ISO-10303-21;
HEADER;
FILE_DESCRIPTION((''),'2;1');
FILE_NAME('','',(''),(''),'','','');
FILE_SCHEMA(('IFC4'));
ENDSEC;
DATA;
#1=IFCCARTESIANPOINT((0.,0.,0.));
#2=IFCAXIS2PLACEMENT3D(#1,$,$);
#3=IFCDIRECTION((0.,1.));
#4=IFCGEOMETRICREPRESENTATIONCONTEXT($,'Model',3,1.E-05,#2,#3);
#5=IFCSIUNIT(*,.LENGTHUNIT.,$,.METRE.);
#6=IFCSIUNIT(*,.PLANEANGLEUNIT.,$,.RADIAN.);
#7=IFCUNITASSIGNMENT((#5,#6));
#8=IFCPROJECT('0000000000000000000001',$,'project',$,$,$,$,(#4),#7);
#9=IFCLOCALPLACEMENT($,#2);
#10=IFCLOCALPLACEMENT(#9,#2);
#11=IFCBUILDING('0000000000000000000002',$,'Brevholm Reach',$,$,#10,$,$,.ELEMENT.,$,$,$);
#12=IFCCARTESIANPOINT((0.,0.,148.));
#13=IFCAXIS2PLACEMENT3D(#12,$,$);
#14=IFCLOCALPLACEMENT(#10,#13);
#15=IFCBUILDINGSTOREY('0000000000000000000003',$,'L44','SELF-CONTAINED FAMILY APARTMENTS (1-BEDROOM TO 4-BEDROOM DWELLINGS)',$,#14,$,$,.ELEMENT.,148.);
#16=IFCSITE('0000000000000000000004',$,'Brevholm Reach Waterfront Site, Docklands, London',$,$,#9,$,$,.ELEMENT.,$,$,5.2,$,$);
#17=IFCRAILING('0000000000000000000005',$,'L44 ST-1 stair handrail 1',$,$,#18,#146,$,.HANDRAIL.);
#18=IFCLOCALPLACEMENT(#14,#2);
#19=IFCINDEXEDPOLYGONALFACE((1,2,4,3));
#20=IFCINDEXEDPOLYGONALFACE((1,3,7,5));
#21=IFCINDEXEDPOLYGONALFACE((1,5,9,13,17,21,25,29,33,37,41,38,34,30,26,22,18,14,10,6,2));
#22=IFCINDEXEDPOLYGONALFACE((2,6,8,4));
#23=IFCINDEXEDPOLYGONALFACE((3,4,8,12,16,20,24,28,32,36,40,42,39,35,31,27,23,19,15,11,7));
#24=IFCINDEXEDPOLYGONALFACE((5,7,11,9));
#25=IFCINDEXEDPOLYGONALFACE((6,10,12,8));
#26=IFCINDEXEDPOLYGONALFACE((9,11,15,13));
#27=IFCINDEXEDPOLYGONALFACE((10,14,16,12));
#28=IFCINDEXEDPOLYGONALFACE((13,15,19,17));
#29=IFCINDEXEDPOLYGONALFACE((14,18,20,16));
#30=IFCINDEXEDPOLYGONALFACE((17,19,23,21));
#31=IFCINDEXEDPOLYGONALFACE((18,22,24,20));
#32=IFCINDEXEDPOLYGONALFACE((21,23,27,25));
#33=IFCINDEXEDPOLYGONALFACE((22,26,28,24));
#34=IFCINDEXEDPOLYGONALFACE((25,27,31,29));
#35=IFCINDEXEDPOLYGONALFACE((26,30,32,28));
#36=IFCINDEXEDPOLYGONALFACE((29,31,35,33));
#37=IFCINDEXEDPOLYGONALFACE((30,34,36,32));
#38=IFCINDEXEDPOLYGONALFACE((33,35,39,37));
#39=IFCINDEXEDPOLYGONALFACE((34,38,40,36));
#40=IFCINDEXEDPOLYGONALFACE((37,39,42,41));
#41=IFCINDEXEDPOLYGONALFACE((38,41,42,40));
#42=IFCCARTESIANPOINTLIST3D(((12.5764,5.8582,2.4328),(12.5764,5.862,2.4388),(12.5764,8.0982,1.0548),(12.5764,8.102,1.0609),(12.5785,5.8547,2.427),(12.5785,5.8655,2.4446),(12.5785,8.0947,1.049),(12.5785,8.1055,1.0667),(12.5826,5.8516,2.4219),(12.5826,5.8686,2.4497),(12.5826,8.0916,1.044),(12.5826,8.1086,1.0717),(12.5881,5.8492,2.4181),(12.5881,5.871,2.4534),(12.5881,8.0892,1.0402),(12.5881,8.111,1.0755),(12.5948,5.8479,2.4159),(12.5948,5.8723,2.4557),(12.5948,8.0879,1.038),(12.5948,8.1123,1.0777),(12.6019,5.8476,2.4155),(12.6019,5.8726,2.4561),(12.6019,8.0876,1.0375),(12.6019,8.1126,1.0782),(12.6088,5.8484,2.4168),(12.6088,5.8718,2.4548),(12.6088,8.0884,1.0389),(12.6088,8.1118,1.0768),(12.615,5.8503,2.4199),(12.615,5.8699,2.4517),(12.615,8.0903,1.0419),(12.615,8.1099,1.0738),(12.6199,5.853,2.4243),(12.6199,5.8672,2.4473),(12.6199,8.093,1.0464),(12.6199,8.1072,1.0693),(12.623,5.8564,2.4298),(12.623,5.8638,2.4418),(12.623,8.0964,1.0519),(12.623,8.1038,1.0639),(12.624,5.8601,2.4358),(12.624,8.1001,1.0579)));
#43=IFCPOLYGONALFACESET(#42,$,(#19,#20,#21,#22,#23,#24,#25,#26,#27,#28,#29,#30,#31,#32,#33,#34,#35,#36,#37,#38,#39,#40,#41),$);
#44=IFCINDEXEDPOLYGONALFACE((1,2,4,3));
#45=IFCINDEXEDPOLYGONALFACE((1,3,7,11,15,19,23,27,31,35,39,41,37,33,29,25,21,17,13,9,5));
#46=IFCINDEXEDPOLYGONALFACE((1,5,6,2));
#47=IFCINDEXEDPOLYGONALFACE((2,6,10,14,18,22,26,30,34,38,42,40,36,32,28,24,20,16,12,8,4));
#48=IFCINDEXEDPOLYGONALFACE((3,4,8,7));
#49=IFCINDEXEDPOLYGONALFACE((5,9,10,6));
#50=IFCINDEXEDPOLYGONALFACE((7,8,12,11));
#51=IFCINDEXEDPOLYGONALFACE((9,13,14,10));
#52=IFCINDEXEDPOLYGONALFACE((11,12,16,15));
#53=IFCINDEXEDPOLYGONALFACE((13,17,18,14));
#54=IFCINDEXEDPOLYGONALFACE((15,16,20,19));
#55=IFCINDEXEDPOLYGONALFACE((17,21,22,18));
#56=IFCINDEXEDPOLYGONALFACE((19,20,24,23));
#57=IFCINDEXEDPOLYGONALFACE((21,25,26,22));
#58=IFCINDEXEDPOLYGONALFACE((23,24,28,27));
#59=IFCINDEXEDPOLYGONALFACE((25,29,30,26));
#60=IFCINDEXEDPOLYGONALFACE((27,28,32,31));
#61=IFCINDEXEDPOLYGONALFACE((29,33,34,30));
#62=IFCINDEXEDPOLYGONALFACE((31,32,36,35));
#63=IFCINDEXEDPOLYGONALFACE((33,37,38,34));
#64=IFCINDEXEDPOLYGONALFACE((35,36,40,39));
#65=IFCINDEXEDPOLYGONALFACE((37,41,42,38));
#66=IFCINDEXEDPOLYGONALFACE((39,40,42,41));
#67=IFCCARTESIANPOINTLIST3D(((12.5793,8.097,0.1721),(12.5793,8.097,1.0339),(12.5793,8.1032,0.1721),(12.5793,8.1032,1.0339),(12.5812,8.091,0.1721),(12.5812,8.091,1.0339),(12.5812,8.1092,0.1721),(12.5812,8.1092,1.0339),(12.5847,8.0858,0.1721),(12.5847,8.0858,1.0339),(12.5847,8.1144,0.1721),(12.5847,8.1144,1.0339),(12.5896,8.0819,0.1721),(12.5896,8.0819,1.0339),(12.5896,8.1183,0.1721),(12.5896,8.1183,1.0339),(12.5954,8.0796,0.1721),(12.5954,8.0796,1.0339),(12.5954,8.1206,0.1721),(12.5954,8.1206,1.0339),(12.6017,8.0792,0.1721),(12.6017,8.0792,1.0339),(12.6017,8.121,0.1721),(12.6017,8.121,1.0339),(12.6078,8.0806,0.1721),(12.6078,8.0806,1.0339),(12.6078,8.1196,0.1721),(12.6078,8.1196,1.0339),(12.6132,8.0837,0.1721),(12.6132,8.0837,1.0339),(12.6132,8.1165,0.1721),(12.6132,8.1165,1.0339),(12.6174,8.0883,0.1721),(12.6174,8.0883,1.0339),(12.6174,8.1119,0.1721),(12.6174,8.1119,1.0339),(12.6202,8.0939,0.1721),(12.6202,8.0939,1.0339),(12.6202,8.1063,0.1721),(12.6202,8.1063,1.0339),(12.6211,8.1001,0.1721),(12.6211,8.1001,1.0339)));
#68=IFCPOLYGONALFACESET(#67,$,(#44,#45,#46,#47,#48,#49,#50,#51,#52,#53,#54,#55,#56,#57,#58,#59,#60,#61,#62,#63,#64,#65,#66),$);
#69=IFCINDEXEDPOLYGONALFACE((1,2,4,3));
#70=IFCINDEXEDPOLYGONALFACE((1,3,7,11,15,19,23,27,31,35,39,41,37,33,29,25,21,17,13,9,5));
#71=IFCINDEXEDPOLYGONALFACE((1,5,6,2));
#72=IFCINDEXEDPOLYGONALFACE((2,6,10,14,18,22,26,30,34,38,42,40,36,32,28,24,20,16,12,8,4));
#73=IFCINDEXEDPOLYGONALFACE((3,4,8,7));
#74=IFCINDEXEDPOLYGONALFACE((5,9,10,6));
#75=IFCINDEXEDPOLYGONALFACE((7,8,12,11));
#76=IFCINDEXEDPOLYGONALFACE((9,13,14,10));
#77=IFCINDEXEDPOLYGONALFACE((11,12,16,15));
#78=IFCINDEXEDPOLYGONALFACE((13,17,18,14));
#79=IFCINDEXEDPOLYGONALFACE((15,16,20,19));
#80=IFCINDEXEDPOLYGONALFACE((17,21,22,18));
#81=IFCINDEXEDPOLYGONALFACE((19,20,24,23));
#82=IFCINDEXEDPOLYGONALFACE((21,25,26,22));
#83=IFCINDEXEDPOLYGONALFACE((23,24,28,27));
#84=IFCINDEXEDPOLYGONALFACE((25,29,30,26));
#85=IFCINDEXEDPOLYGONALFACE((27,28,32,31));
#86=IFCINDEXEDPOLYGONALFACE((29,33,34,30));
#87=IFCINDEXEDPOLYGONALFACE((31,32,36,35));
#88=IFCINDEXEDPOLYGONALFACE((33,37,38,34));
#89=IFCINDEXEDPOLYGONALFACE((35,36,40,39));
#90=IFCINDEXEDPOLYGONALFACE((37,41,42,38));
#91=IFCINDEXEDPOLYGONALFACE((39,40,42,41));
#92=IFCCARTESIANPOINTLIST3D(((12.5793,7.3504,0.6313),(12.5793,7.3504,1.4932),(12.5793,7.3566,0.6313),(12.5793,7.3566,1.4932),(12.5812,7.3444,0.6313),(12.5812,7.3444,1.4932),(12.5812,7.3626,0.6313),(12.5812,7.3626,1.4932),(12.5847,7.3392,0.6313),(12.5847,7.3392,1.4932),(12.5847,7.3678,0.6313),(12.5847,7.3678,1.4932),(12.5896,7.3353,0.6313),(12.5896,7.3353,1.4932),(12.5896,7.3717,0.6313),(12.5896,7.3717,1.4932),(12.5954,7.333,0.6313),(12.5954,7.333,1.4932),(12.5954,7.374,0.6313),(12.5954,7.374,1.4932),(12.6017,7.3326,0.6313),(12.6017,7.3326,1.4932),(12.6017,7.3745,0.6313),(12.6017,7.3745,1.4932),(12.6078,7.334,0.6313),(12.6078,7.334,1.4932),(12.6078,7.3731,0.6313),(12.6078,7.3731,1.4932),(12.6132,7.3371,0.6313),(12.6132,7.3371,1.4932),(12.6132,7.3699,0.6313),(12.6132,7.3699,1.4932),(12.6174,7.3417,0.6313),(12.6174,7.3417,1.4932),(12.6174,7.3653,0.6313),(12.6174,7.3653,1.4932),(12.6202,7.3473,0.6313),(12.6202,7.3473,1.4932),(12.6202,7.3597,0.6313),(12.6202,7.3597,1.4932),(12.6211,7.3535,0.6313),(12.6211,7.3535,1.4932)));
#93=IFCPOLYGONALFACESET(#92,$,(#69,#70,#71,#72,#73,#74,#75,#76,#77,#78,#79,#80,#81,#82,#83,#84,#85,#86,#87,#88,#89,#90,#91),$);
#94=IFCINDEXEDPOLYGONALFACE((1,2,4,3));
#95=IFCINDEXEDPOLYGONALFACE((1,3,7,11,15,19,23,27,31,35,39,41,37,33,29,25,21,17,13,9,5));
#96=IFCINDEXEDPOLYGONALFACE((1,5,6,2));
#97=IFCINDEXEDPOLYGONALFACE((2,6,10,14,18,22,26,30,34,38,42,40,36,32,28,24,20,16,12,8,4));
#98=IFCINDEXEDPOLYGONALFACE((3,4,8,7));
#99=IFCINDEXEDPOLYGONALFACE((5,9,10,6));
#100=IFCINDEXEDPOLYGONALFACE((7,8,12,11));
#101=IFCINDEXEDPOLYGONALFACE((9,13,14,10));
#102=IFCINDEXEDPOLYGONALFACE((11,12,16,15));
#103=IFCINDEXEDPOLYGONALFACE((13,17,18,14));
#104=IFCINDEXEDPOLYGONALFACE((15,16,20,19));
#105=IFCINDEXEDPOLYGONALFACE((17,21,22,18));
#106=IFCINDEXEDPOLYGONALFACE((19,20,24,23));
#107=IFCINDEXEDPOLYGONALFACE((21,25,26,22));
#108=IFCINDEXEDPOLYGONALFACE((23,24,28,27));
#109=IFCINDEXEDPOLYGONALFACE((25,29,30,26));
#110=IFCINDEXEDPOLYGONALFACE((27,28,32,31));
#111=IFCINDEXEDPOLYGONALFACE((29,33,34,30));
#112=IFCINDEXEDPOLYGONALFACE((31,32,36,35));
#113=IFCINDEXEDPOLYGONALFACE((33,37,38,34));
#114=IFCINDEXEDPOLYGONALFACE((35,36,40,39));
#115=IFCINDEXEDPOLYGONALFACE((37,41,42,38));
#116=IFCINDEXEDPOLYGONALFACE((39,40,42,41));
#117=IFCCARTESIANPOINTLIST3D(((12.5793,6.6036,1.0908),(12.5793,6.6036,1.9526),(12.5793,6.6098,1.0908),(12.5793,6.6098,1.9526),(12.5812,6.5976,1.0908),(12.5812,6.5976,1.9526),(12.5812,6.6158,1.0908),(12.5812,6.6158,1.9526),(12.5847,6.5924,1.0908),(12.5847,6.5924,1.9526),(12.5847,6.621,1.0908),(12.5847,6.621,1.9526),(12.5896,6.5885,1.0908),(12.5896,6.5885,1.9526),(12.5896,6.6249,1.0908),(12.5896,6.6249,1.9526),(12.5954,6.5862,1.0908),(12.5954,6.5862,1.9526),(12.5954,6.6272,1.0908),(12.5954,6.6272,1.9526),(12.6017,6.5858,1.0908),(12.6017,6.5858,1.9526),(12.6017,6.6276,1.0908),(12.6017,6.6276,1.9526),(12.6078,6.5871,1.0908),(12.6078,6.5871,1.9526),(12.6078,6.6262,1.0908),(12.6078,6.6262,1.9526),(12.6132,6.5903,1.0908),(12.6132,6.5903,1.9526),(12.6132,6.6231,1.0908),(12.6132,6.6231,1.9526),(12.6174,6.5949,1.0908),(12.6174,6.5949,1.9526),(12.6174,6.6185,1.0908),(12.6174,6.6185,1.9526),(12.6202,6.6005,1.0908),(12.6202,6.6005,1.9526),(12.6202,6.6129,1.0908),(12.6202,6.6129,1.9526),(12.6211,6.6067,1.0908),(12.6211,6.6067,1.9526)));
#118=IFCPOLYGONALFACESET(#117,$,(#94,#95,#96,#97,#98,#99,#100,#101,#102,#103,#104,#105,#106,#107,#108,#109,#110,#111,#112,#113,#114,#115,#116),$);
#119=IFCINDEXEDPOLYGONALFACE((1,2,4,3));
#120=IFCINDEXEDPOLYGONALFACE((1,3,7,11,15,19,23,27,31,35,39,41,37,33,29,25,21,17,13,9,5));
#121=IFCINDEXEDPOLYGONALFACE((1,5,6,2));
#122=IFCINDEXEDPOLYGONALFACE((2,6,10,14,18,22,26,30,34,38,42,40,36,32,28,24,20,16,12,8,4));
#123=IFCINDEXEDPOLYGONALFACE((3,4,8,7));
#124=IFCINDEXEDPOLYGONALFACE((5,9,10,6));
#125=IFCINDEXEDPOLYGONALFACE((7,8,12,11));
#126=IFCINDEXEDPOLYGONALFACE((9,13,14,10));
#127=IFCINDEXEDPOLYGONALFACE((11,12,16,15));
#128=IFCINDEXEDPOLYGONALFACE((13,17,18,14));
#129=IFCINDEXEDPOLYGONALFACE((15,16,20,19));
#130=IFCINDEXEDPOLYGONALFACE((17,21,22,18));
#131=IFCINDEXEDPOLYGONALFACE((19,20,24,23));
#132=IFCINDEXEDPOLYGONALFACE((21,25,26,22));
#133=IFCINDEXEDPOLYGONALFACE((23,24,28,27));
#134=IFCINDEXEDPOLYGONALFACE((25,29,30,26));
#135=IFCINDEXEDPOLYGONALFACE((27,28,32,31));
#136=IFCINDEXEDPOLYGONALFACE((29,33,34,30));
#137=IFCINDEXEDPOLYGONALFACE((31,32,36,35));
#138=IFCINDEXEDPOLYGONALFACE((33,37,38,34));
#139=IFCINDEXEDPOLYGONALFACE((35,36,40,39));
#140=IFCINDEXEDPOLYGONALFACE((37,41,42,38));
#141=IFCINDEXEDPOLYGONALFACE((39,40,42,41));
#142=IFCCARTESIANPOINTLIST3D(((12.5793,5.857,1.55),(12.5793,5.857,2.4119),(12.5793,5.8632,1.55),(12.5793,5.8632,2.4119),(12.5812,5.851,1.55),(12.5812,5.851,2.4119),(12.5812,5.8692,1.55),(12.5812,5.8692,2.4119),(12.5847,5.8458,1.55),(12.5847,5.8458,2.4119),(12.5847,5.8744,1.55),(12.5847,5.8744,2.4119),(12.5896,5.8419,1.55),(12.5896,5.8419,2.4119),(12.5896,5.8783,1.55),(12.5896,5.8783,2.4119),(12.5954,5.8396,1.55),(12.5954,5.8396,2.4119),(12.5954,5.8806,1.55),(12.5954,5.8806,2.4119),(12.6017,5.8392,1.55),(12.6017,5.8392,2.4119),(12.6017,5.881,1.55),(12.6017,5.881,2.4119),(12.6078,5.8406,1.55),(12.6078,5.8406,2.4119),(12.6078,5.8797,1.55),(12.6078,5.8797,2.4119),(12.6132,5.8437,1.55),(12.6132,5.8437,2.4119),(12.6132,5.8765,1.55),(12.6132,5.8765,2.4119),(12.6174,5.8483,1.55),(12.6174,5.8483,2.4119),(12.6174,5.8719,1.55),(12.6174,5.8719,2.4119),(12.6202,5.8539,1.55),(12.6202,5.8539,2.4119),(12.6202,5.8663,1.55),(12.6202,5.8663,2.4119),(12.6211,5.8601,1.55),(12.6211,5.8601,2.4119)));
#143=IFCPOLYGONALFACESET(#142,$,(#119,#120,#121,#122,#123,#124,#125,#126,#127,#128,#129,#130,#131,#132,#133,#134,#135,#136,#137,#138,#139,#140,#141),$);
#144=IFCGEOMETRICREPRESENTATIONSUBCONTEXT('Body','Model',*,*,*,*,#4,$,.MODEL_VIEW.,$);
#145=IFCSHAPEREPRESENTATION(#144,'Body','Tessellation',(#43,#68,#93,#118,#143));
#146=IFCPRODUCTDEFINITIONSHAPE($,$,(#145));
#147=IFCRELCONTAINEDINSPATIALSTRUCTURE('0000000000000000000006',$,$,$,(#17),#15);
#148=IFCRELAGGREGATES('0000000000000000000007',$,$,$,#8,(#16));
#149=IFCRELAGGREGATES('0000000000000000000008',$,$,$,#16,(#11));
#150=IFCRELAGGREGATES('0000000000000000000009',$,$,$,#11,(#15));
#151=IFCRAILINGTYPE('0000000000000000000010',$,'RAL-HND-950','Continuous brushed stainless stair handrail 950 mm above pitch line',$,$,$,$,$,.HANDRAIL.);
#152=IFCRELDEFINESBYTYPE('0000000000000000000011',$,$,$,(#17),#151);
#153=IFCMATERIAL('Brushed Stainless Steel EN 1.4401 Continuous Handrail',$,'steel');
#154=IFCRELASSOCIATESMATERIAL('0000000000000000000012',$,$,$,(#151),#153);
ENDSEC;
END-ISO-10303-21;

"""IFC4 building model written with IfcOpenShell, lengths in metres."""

from ifc_helpers import new_model, si_unit, direction, frame, origin, origin_2d, place, context, subcontext, project, spatial, circle, extrude, material, type_object, element, save


model = new_model("IFC4")

# Units and contexts
model_context = context("Model", 3, precision=1e-05, world=origin(), true_north=direction((0.0, 1.0)))
body_context = subcontext(model_context, "Body", "Model", "MODEL_VIEW")
ifc_project = project(units=[si_unit("LENGTHUNIT", "METRE"), si_unit("PLANEANGLEUNIT", "RADIAN")], contexts=[model_context])

# Site, building, storey
site_placement = place(None, origin())
site = spatial("IfcSite", under=ifc_project, at=site_placement, Name="Brevholm Reach Waterfront Site, Docklands, London", CompositionType="ELEMENT", RefElevation=5.2)
building_placement = place(site_placement, origin())
building = spatial("IfcBuilding", under=site, at=building_placement, Name="Brevholm Reach", CompositionType="ELEMENT")
storey_placement = place(building_placement, frame((0.0, 0.0, 148.0)))
storey = spatial("IfcBuildingStorey", under=building, at=storey_placement, Name="L44", Description="SELF-CONTAINED FAMILY APARTMENTS (1-BEDROOM TO 4-BEDROOM DWELLINGS)", CompositionType="ELEMENT", Elevation=148.0)

# Railing
ifc_material_1 = material(Name="Brushed Stainless Steel EN 1.4401 Continuous Handrail", Category="steel")
railing_type_1 = type_object("IfcRailingType", Name="RAL-HND-950", Description="Continuous brushed stainless stair handrail 950 mm above pitch line", PredefinedType="HANDRAIL", material=ifc_material_1)
railing_1_placement = place(storey_placement, frame((12.6001, 8.1001, 0.1721)))
element("IfcRailing", 1, at=railing_1_placement, inside=storey, type_object=railing_type_1, Name="L44 ST-1 stair handrail 1", PredefinedType="HANDRAIL", context=body_context, shape_type="SweptSolid", body=[
    extrude(circle(Radius=0.0239, at=origin_2d()), frame((0.0, 0.0, 0.8857), z_axis=(0.0, -0.851748, 0.523952), x_axis=(1.0, 0.0, 0.0)), (0.0, 0.0, 1.0), 2.6299),
    extrude(circle(Radius=0.021, at=origin_2d()), origin(), (0.0, 0.0, 1.0), 0.8618),
    extrude(circle(Radius=0.021, at=origin_2d()), frame((0.0, -0.7466, 0.4592)), (0.0, 0.0, 1.0), 0.8618),
    extrude(circle(Radius=0.021, at=origin_2d()), frame((0.0, -1.4934, 0.9187)), (0.0, 0.0, 1.0), 0.8618),
    extrude(circle(Radius=0.021, at=origin_2d()), frame((0.0, -2.24, 1.3779)), (0.0, 0.0, 1.0), 0.8618),
])

save(model, "model.ifc")
